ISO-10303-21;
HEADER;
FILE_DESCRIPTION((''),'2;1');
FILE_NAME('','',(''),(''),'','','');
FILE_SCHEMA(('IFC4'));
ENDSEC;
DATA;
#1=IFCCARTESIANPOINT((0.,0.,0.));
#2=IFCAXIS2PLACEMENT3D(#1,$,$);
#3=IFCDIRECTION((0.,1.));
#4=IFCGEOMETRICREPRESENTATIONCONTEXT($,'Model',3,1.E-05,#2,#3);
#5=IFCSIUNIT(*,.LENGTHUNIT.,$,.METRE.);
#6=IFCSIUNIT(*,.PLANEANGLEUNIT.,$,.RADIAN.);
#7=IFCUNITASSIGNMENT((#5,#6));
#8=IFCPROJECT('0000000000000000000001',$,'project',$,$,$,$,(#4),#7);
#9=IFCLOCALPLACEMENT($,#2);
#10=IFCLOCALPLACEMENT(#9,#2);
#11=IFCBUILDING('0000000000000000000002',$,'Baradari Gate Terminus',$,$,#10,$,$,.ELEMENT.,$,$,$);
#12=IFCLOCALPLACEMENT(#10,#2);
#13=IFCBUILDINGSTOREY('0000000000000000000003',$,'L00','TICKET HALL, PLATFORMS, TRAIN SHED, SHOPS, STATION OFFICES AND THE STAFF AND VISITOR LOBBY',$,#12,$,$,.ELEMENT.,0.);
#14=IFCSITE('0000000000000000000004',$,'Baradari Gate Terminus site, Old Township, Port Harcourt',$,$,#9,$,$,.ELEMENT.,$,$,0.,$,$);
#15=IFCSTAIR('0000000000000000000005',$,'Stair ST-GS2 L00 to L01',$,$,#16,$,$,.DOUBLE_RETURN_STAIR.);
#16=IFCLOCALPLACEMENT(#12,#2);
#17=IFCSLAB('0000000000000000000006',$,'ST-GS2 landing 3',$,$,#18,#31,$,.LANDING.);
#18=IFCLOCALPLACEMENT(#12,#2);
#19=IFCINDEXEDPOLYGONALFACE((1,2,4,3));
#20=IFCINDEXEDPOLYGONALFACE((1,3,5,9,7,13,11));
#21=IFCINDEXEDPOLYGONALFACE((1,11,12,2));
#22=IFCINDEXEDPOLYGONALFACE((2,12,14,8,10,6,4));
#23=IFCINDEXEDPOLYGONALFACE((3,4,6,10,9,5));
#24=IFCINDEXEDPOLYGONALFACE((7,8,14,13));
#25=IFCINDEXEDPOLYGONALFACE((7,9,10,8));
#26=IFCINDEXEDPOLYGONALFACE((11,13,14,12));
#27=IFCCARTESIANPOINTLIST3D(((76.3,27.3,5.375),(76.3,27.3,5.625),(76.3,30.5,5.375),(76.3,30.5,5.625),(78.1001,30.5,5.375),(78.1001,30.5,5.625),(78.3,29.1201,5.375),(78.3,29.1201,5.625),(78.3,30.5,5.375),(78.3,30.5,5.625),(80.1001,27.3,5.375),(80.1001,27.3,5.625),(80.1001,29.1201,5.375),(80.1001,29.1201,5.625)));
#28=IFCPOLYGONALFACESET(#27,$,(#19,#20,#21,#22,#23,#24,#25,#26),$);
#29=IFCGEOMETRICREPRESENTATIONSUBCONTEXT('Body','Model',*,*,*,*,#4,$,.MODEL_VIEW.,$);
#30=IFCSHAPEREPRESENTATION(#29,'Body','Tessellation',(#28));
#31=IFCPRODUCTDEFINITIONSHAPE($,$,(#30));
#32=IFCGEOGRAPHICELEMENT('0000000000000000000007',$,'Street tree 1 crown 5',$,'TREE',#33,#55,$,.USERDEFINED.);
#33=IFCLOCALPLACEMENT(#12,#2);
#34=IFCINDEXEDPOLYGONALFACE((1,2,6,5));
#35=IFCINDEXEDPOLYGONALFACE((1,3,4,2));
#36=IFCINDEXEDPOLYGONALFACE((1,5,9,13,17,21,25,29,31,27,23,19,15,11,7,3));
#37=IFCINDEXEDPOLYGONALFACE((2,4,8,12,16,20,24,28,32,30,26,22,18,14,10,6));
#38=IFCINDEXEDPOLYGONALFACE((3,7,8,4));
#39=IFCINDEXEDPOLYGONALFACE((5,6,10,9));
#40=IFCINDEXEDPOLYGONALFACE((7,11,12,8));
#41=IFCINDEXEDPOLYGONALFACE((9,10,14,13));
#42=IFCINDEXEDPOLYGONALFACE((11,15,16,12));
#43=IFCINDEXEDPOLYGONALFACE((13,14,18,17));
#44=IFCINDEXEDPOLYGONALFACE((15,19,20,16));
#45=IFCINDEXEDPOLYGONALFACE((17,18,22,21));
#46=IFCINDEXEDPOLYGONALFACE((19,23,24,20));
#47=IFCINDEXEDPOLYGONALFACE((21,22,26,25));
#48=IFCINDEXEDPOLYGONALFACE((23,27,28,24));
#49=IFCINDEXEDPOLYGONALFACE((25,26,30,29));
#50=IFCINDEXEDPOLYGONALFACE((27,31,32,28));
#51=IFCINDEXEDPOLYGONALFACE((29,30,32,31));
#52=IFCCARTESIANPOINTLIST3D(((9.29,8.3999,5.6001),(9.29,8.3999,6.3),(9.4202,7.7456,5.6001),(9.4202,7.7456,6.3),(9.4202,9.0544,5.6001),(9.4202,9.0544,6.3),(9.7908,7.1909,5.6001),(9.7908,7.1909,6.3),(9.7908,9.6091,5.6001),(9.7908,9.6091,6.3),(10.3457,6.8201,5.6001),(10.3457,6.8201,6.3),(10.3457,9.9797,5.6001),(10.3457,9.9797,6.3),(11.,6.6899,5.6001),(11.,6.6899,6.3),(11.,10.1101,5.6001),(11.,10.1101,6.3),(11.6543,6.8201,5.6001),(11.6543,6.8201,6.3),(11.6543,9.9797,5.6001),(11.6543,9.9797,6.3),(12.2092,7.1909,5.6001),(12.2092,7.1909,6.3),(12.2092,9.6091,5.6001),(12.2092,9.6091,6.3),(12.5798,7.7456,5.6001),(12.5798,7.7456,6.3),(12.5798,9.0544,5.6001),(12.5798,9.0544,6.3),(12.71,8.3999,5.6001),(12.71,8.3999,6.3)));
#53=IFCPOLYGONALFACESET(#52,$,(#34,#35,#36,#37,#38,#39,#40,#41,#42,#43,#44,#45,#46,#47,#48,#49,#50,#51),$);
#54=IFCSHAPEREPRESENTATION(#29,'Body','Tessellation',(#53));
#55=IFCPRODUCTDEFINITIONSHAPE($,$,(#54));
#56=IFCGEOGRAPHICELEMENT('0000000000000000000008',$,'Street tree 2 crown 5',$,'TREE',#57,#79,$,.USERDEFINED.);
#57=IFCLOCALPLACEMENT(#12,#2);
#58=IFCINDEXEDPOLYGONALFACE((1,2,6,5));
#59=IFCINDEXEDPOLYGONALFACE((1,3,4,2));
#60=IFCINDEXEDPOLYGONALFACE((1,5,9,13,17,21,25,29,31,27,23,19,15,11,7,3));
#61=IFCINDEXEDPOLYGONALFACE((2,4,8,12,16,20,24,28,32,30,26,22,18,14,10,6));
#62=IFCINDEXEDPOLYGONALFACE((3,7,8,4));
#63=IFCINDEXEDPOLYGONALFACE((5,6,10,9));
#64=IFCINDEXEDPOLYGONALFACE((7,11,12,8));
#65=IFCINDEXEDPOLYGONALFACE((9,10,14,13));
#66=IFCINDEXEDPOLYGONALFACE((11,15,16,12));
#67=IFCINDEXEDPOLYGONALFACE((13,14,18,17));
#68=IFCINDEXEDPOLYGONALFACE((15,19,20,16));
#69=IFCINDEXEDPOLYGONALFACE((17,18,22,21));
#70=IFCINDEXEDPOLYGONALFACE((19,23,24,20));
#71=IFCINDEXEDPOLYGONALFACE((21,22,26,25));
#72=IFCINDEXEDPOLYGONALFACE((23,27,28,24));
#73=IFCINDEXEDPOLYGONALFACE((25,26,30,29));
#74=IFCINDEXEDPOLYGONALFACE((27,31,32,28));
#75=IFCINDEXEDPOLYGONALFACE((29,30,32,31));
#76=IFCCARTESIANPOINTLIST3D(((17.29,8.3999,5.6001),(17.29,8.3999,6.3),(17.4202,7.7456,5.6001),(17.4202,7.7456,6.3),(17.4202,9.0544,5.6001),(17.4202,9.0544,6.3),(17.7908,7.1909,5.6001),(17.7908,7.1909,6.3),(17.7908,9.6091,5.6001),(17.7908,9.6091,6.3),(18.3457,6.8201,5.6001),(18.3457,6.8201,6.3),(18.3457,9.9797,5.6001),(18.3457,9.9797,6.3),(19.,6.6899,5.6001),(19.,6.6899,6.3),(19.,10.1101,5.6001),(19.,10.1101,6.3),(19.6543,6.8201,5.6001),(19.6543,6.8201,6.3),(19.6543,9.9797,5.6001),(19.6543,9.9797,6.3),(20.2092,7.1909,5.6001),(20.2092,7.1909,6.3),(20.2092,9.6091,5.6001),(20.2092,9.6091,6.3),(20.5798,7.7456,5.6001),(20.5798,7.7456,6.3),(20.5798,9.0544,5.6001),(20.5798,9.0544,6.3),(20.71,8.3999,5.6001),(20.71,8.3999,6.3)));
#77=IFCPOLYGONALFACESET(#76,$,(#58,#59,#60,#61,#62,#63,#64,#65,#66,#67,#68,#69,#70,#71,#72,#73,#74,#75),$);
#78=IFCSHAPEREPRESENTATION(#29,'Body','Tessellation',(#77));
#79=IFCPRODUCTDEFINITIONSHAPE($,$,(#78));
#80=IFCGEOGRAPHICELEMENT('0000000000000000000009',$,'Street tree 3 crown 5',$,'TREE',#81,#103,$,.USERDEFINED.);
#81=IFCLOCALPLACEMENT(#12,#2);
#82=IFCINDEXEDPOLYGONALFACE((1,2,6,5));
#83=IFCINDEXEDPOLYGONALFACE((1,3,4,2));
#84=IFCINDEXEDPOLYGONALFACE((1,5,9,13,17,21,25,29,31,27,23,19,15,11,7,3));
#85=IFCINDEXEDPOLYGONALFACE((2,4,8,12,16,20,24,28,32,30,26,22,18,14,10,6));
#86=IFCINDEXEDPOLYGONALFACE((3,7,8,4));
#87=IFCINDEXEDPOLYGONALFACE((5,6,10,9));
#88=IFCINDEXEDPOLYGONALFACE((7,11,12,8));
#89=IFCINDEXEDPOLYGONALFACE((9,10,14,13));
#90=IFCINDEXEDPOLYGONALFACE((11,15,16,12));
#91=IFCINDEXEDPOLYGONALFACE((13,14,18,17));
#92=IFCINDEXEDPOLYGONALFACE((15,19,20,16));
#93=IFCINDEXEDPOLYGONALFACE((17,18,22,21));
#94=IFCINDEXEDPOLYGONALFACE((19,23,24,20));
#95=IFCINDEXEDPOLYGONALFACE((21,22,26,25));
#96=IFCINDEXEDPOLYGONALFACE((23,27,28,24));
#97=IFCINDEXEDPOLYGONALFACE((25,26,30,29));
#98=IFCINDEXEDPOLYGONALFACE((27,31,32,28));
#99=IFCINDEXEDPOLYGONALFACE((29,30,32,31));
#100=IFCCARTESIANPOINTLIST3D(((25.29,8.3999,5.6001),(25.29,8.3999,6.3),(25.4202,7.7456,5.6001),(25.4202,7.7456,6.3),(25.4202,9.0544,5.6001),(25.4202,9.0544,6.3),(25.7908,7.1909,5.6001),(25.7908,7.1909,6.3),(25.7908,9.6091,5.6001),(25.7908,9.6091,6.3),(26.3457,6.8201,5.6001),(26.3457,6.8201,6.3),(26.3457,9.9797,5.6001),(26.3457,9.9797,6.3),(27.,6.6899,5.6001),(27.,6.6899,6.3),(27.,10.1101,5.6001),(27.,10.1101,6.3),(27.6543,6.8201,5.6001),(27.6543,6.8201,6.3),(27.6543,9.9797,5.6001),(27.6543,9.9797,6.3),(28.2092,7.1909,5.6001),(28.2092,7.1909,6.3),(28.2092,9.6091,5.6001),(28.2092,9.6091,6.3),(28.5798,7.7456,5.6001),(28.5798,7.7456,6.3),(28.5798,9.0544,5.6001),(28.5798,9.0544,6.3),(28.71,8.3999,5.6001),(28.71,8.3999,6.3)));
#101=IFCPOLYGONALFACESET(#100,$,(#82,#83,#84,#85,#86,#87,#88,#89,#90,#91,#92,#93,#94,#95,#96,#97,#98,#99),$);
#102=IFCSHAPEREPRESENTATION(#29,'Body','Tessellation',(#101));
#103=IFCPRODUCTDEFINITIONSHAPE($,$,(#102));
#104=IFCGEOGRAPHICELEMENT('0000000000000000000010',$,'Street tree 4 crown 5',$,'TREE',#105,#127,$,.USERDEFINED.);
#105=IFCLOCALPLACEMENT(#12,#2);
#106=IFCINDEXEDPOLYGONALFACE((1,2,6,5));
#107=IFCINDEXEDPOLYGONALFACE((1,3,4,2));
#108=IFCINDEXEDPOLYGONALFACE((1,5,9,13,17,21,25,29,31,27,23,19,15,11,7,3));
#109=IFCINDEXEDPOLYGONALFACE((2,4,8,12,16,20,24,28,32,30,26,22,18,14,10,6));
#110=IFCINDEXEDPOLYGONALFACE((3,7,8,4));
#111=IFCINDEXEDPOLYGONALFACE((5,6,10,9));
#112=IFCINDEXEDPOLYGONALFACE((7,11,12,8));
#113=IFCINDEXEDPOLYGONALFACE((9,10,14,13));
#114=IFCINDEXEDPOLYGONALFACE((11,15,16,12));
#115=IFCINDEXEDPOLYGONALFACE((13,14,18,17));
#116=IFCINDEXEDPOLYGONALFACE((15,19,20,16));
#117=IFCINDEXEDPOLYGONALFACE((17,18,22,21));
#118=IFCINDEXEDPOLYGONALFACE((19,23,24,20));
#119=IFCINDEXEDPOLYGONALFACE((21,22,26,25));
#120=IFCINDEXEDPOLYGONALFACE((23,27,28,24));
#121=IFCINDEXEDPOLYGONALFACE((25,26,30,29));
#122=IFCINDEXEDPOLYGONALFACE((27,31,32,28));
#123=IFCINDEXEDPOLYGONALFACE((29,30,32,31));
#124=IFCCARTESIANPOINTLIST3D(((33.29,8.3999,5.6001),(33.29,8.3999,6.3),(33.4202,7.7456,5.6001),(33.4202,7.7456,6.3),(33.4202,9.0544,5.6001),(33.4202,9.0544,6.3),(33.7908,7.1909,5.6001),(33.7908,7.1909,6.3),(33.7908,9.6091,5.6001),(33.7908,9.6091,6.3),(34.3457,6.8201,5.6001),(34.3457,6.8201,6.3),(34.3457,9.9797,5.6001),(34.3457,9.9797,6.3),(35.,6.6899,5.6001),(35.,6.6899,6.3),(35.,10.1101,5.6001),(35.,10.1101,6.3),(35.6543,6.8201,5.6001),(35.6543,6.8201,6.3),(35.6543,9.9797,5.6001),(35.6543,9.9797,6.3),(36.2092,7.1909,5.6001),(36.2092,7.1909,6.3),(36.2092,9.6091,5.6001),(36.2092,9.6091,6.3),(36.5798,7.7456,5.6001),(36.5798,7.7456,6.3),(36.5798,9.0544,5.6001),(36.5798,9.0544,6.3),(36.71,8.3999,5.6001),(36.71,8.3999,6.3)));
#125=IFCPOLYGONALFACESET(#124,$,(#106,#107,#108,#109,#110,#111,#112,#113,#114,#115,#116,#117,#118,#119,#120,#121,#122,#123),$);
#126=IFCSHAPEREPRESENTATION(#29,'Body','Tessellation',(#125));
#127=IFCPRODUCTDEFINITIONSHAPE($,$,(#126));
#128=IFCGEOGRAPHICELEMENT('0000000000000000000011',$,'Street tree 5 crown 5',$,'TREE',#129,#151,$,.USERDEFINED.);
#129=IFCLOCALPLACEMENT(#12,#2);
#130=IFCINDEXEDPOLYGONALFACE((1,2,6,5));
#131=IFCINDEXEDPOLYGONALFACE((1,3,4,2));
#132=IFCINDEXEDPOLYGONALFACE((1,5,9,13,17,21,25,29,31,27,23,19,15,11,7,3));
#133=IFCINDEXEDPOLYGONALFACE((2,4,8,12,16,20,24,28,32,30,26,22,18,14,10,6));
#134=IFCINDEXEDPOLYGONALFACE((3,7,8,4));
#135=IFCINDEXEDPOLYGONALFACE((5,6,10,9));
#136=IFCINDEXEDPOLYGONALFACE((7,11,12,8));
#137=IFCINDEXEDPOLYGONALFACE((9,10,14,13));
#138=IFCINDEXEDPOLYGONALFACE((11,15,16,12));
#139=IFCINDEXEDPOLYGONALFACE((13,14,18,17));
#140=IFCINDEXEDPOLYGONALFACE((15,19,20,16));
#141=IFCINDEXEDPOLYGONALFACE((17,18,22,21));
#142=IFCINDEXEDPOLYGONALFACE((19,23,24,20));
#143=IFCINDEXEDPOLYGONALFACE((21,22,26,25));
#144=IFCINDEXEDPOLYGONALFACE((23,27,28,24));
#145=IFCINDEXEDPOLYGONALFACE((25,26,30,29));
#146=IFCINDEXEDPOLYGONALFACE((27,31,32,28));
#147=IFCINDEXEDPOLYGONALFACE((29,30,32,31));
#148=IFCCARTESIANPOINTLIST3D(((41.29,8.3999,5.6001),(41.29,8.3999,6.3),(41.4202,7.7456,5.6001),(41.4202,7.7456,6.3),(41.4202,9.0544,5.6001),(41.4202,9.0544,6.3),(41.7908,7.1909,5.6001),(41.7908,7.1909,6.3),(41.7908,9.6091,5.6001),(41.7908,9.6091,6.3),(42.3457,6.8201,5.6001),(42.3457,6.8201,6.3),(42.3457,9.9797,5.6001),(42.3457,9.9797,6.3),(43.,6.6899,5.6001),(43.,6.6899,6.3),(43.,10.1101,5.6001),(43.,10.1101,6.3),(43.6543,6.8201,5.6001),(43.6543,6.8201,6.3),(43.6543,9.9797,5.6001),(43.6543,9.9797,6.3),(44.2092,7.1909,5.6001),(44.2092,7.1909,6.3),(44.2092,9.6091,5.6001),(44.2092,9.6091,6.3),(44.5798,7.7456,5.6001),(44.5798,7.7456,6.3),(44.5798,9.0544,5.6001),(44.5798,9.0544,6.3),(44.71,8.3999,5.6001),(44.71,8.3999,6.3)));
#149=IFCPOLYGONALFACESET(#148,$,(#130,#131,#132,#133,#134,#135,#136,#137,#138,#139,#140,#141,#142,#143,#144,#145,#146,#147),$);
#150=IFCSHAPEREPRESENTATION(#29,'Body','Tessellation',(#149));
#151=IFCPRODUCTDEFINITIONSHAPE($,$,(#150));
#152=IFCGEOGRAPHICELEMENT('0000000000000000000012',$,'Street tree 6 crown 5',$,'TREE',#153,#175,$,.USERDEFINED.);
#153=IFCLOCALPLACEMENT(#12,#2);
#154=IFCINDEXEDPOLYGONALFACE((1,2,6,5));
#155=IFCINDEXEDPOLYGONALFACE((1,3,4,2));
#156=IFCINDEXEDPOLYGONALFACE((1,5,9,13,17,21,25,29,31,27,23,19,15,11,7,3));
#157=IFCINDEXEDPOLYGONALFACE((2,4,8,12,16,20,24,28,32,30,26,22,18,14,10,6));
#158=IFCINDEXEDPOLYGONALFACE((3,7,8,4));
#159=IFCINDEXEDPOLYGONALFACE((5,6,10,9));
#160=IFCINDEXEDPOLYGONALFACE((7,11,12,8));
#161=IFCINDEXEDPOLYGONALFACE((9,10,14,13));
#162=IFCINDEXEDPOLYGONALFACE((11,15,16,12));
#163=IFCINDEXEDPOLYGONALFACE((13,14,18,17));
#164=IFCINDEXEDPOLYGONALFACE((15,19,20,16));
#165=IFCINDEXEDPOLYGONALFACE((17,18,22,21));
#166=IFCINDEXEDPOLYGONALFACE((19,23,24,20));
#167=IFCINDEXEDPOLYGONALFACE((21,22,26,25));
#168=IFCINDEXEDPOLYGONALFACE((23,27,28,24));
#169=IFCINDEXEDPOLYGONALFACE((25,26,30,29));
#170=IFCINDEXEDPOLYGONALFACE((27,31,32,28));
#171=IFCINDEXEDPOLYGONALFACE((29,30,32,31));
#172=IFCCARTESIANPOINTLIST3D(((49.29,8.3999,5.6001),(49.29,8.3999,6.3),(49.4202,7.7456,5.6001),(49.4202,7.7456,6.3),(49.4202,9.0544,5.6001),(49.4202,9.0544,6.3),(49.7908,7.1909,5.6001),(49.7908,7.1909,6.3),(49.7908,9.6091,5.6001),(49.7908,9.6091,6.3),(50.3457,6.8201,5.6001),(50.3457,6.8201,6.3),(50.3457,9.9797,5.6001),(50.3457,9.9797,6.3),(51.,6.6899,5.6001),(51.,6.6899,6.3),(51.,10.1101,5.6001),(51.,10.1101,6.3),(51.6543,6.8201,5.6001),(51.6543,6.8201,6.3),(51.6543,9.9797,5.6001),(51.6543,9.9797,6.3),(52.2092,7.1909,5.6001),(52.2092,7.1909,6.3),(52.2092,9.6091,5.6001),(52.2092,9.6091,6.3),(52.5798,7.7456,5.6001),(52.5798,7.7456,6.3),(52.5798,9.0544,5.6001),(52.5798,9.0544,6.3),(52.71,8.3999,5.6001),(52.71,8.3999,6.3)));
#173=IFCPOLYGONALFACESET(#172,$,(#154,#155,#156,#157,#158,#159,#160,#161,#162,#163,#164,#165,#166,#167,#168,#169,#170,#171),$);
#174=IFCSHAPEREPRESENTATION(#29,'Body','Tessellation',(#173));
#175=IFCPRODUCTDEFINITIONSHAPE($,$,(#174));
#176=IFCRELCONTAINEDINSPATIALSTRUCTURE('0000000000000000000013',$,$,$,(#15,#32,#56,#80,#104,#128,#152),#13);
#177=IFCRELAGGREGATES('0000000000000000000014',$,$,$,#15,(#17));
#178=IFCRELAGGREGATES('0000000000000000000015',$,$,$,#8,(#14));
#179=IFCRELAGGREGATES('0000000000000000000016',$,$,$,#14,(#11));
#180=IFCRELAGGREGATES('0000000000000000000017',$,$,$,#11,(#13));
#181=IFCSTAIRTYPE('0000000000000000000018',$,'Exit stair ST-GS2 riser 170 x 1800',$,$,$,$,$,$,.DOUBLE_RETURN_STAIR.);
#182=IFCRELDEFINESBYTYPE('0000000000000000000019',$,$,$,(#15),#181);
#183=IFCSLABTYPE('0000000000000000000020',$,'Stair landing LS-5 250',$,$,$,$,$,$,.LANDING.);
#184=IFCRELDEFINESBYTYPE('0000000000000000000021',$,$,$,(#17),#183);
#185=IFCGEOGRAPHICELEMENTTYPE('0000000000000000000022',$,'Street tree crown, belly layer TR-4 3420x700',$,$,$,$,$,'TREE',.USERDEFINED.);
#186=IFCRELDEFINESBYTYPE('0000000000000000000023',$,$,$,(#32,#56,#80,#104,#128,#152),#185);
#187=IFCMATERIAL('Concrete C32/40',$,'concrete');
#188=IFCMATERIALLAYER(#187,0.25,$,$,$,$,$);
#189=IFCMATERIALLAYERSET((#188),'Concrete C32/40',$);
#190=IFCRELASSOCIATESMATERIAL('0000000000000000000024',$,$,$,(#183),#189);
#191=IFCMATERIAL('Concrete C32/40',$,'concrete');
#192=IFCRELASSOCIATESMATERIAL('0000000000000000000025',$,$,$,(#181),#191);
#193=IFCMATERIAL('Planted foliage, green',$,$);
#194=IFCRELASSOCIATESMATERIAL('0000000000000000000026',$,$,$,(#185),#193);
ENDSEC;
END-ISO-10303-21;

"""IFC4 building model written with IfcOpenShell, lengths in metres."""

from ifc_helpers import new_model, si_unit, direction, frame, origin, place, context, subcontext, project, spatial, polyline, outline, extrude, material, layer, layer_set, type_object, element, aggregate, save


model = new_model("IFC4")

# Units and contexts
model_context = context("Model", 3, precision=1e-05, world=origin(), true_north=direction((0.0, 1.0)))
body_context = subcontext(model_context, "Body", "Model", "MODEL_VIEW")
ifc_project = project(units=[si_unit("LENGTHUNIT", "METRE"), si_unit("PLANEANGLEUNIT", "RADIAN")], contexts=[model_context])

# Site, building, storey
site_placement = place(None, origin())
site = spatial("IfcSite", under=ifc_project, at=site_placement, Name="Baradari Gate Terminus site, Old Township, Port Harcourt", CompositionType="ELEMENT", RefElevation=0.0)
building_placement = place(site_placement, origin())
building = spatial("IfcBuilding", under=site, at=building_placement, Name="Baradari Gate Terminus", CompositionType="ELEMENT")
storey_placement = place(building_placement, origin())
storey = spatial("IfcBuildingStorey", under=building, at=storey_placement, Name="L00", Description="TICKET HALL, PLATFORMS, TRAIN SHED, SHOPS, STATION OFFICES AND THE STAFF AND VISITOR LOBBY", CompositionType="ELEMENT", Elevation=0.0)

# Stair, slab
ifc_material_1 = material(Name="Concrete C32/40", Category="concrete")
ifc_layer_1 = layer(ifc_material_1, 0.25)
ifc_layer_set_1 = layer_set([ifc_layer_1], Name="Concrete C32/40")
slab_type_1 = type_object("IfcSlabType", Name="Stair landing LS-5 250", PredefinedType="LANDING", material=ifc_layer_set_1)
ifc_material_2 = material(Name="Concrete C32/40", Category="concrete")
stair_type_1 = type_object("IfcStairType", Name="Exit stair ST-GS2 riser 170 x 1800", PredefinedType="DOUBLE_RETURN_STAIR", material=ifc_material_2)
stair_1_placement = place(storey_placement, origin())
stair_1 = element("IfcStair", 1, at=stair_1_placement, inside=storey, type_object=stair_type_1, Name="Stair ST-GS2 L00 to L01", PredefinedType="DOUBLE_RETURN_STAIR")
slab_1_placement = place(storey_placement, frame((0.0, 0.0, 5.375)))
slab_1 = element("IfcSlab", 2, at=slab_1_placement, type_object=slab_type_1, Name="ST-GS2 landing 3", PredefinedType="LANDING", context=body_context, shape_type="SweptSolid", body=[
    extrude(outline(polyline([(80.1001, 27.3), (80.1001, 29.1201), (78.3, 29.1201), (78.3, 30.5), (78.1001, 30.5), (76.3, 30.5), (76.3, 27.3), (80.1001, 27.3)])), origin(), (0.0, 0.0, 1.0), 0.25),
])
aggregate(stair_1, [slab_1])

# Geographic elements
ifc_material_3 = material(Name="Planted foliage, green")
geographic_element_type_1 = type_object("IfcGeographicElementType", Name="Street tree crown, belly layer TR-4 3420x700", ElementType="TREE", PredefinedType="USERDEFINED", material=ifc_material_3)
geographic_element_1_placement = place(storey_placement, frame((0.0, 0.0, 5.6001)))
element("IfcGeographicElement", 3, at=geographic_element_1_placement, inside=storey, type_object=geographic_element_type_1, Name="Street tree 1 crown 5", ObjectType="TREE", PredefinedType="USERDEFINED", context=body_context, shape_type="SweptSolid", body=[
    extrude(outline(polyline([(12.71, 8.3999), (12.5798, 9.0544), (12.2092, 9.6091), (11.6543, 9.9797), (11.0, 10.1101), (10.3457, 9.9797), (9.7908, 9.6091), (9.4202, 9.0544), (9.29, 8.3999), (9.4202, 7.7456), (9.7908, 7.1909), (10.3457, 6.8201), (11.0, 6.6899), (11.6543, 6.8201), (12.2092, 7.1909), (12.5798, 7.7456), (12.71, 8.3999)])), origin(), (0.0, 0.0, 1.0), 0.7),
])
geographic_element_2_placement = place(storey_placement, frame((0.0, 0.0, 5.6001)))
element("IfcGeographicElement", 4, at=geographic_element_2_placement, inside=storey, type_object=geographic_element_type_1, Name="Street tree 2 crown 5", ObjectType="TREE", PredefinedType="USERDEFINED", context=body_context, shape_type="SweptSolid", body=[
    extrude(outline(polyline([(20.71, 8.3999), (20.5798, 9.0544), (20.2092, 9.6091), (19.6543, 9.9797), (19.0, 10.1101), (18.3457, 9.9797), (17.7908, 9.6091), (17.4202, 9.0544), (17.29, 8.3999), (17.4202, 7.7456), (17.7908, 7.1909), (18.3457, 6.8201), (19.0, 6.6899), (19.6543, 6.8201), (20.2092, 7.1909), (20.5798, 7.7456), (20.71, 8.3999)])), origin(), (0.0, 0.0, 1.0), 0.7),
])
geographic_element_3_placement = place(storey_placement, frame((0.0, 0.0, 5.6001)))
element("IfcGeographicElement", 5, at=geographic_element_3_placement, inside=storey, type_object=geographic_element_type_1, Name="Street tree 3 crown 5", ObjectType="TREE", PredefinedType="USERDEFINED", context=body_context, shape_type="SweptSolid", body=[
    extrude(outline(polyline([(28.71, 8.3999), (28.5798, 9.0544), (28.2092, 9.6091), (27.6543, 9.9797), (27.0, 10.1101), (26.3457, 9.9797), (25.7908, 9.6091), (25.4202, 9.0544), (25.29, 8.3999), (25.4202, 7.7456), (25.7908, 7.1909), (26.3457, 6.8201), (27.0, 6.6899), (27.6543, 6.8201), (28.2092, 7.1909), (28.5798, 7.7456), (28.71, 8.3999)])), origin(), (0.0, 0.0, 1.0), 0.7),
])
geographic_element_4_placement = place(storey_placement, frame((0.0, 0.0, 5.6001)))
element("IfcGeographicElement", 6, at=geographic_element_4_placement, inside=storey, type_object=geographic_element_type_1, Name="Street tree 4 crown 5", ObjectType="TREE", PredefinedType="USERDEFINED", context=body_context, shape_type="SweptSolid", body=[
    extrude(outline(polyline([(36.71, 8.3999), (36.5798, 9.0544), (36.2092, 9.6091), (35.6543, 9.9797), (35.0, 10.1101), (34.3457, 9.9797), (33.7908, 9.6091), (33.4202, 9.0544), (33.29, 8.3999), (33.4202, 7.7456), (33.7908, 7.1909), (34.3457, 6.8201), (35.0, 6.6899), (35.6543, 6.8201), (36.2092, 7.1909), (36.5798, 7.7456), (36.71, 8.3999)])), origin(), (0.0, 0.0, 1.0), 0.7),
])
geographic_element_5_placement = place(storey_placement, frame((0.0, 0.0, 5.6001)))
element("IfcGeographicElement", 7, at=geographic_element_5_placement, inside=storey, type_object=geographic_element_type_1, Name="Street tree 5 crown 5", ObjectType="TREE", PredefinedType="USERDEFINED", context=body_context, shape_type="SweptSolid", body=[
    extrude(outline(polyline([(44.71, 8.3999), (44.5798, 9.0544), (44.2092, 9.6091), (43.6543, 9.9797), (43.0, 10.1101), (42.3457, 9.9797), (41.7908, 9.6091), (41.4202, 9.0544), (41.29, 8.3999), (41.4202, 7.7456), (41.7908, 7.1909), (42.3457, 6.8201), (43.0, 6.6899), (43.6543, 6.8201), (44.2092, 7.1909), (44.5798, 7.7456), (44.71, 8.3999)])), origin(), (0.0, 0.0, 1.0), 0.7),
])
geographic_element_6_placement = place(storey_placement, frame((0.0, 0.0, 5.6001)))
element("IfcGeographicElement", 8, at=geographic_element_6_placement, inside=storey, type_object=geographic_element_type_1, Name="Street tree 6 crown 5", ObjectType="TREE", PredefinedType="USERDEFINED", context=body_context, shape_type="SweptSolid", body=[
    extrude(outline(polyline([(52.71, 8.3999), (52.5798, 9.0544), (52.2092, 9.6091), (51.6543, 9.9797), (51.0, 10.1101), (50.3457, 9.9797), (49.7908, 9.6091), (49.4202, 9.0544), (49.29, 8.3999), (49.4202, 7.7456), (49.7908, 7.1909), (50.3457, 6.8201), (51.0, 6.6899), (51.6543, 6.8201), (52.2092, 7.1909), (52.5798, 7.7456), (52.71, 8.3999)])), origin(), (0.0, 0.0, 1.0), 0.7),
])

save(model, "model.ifc")
